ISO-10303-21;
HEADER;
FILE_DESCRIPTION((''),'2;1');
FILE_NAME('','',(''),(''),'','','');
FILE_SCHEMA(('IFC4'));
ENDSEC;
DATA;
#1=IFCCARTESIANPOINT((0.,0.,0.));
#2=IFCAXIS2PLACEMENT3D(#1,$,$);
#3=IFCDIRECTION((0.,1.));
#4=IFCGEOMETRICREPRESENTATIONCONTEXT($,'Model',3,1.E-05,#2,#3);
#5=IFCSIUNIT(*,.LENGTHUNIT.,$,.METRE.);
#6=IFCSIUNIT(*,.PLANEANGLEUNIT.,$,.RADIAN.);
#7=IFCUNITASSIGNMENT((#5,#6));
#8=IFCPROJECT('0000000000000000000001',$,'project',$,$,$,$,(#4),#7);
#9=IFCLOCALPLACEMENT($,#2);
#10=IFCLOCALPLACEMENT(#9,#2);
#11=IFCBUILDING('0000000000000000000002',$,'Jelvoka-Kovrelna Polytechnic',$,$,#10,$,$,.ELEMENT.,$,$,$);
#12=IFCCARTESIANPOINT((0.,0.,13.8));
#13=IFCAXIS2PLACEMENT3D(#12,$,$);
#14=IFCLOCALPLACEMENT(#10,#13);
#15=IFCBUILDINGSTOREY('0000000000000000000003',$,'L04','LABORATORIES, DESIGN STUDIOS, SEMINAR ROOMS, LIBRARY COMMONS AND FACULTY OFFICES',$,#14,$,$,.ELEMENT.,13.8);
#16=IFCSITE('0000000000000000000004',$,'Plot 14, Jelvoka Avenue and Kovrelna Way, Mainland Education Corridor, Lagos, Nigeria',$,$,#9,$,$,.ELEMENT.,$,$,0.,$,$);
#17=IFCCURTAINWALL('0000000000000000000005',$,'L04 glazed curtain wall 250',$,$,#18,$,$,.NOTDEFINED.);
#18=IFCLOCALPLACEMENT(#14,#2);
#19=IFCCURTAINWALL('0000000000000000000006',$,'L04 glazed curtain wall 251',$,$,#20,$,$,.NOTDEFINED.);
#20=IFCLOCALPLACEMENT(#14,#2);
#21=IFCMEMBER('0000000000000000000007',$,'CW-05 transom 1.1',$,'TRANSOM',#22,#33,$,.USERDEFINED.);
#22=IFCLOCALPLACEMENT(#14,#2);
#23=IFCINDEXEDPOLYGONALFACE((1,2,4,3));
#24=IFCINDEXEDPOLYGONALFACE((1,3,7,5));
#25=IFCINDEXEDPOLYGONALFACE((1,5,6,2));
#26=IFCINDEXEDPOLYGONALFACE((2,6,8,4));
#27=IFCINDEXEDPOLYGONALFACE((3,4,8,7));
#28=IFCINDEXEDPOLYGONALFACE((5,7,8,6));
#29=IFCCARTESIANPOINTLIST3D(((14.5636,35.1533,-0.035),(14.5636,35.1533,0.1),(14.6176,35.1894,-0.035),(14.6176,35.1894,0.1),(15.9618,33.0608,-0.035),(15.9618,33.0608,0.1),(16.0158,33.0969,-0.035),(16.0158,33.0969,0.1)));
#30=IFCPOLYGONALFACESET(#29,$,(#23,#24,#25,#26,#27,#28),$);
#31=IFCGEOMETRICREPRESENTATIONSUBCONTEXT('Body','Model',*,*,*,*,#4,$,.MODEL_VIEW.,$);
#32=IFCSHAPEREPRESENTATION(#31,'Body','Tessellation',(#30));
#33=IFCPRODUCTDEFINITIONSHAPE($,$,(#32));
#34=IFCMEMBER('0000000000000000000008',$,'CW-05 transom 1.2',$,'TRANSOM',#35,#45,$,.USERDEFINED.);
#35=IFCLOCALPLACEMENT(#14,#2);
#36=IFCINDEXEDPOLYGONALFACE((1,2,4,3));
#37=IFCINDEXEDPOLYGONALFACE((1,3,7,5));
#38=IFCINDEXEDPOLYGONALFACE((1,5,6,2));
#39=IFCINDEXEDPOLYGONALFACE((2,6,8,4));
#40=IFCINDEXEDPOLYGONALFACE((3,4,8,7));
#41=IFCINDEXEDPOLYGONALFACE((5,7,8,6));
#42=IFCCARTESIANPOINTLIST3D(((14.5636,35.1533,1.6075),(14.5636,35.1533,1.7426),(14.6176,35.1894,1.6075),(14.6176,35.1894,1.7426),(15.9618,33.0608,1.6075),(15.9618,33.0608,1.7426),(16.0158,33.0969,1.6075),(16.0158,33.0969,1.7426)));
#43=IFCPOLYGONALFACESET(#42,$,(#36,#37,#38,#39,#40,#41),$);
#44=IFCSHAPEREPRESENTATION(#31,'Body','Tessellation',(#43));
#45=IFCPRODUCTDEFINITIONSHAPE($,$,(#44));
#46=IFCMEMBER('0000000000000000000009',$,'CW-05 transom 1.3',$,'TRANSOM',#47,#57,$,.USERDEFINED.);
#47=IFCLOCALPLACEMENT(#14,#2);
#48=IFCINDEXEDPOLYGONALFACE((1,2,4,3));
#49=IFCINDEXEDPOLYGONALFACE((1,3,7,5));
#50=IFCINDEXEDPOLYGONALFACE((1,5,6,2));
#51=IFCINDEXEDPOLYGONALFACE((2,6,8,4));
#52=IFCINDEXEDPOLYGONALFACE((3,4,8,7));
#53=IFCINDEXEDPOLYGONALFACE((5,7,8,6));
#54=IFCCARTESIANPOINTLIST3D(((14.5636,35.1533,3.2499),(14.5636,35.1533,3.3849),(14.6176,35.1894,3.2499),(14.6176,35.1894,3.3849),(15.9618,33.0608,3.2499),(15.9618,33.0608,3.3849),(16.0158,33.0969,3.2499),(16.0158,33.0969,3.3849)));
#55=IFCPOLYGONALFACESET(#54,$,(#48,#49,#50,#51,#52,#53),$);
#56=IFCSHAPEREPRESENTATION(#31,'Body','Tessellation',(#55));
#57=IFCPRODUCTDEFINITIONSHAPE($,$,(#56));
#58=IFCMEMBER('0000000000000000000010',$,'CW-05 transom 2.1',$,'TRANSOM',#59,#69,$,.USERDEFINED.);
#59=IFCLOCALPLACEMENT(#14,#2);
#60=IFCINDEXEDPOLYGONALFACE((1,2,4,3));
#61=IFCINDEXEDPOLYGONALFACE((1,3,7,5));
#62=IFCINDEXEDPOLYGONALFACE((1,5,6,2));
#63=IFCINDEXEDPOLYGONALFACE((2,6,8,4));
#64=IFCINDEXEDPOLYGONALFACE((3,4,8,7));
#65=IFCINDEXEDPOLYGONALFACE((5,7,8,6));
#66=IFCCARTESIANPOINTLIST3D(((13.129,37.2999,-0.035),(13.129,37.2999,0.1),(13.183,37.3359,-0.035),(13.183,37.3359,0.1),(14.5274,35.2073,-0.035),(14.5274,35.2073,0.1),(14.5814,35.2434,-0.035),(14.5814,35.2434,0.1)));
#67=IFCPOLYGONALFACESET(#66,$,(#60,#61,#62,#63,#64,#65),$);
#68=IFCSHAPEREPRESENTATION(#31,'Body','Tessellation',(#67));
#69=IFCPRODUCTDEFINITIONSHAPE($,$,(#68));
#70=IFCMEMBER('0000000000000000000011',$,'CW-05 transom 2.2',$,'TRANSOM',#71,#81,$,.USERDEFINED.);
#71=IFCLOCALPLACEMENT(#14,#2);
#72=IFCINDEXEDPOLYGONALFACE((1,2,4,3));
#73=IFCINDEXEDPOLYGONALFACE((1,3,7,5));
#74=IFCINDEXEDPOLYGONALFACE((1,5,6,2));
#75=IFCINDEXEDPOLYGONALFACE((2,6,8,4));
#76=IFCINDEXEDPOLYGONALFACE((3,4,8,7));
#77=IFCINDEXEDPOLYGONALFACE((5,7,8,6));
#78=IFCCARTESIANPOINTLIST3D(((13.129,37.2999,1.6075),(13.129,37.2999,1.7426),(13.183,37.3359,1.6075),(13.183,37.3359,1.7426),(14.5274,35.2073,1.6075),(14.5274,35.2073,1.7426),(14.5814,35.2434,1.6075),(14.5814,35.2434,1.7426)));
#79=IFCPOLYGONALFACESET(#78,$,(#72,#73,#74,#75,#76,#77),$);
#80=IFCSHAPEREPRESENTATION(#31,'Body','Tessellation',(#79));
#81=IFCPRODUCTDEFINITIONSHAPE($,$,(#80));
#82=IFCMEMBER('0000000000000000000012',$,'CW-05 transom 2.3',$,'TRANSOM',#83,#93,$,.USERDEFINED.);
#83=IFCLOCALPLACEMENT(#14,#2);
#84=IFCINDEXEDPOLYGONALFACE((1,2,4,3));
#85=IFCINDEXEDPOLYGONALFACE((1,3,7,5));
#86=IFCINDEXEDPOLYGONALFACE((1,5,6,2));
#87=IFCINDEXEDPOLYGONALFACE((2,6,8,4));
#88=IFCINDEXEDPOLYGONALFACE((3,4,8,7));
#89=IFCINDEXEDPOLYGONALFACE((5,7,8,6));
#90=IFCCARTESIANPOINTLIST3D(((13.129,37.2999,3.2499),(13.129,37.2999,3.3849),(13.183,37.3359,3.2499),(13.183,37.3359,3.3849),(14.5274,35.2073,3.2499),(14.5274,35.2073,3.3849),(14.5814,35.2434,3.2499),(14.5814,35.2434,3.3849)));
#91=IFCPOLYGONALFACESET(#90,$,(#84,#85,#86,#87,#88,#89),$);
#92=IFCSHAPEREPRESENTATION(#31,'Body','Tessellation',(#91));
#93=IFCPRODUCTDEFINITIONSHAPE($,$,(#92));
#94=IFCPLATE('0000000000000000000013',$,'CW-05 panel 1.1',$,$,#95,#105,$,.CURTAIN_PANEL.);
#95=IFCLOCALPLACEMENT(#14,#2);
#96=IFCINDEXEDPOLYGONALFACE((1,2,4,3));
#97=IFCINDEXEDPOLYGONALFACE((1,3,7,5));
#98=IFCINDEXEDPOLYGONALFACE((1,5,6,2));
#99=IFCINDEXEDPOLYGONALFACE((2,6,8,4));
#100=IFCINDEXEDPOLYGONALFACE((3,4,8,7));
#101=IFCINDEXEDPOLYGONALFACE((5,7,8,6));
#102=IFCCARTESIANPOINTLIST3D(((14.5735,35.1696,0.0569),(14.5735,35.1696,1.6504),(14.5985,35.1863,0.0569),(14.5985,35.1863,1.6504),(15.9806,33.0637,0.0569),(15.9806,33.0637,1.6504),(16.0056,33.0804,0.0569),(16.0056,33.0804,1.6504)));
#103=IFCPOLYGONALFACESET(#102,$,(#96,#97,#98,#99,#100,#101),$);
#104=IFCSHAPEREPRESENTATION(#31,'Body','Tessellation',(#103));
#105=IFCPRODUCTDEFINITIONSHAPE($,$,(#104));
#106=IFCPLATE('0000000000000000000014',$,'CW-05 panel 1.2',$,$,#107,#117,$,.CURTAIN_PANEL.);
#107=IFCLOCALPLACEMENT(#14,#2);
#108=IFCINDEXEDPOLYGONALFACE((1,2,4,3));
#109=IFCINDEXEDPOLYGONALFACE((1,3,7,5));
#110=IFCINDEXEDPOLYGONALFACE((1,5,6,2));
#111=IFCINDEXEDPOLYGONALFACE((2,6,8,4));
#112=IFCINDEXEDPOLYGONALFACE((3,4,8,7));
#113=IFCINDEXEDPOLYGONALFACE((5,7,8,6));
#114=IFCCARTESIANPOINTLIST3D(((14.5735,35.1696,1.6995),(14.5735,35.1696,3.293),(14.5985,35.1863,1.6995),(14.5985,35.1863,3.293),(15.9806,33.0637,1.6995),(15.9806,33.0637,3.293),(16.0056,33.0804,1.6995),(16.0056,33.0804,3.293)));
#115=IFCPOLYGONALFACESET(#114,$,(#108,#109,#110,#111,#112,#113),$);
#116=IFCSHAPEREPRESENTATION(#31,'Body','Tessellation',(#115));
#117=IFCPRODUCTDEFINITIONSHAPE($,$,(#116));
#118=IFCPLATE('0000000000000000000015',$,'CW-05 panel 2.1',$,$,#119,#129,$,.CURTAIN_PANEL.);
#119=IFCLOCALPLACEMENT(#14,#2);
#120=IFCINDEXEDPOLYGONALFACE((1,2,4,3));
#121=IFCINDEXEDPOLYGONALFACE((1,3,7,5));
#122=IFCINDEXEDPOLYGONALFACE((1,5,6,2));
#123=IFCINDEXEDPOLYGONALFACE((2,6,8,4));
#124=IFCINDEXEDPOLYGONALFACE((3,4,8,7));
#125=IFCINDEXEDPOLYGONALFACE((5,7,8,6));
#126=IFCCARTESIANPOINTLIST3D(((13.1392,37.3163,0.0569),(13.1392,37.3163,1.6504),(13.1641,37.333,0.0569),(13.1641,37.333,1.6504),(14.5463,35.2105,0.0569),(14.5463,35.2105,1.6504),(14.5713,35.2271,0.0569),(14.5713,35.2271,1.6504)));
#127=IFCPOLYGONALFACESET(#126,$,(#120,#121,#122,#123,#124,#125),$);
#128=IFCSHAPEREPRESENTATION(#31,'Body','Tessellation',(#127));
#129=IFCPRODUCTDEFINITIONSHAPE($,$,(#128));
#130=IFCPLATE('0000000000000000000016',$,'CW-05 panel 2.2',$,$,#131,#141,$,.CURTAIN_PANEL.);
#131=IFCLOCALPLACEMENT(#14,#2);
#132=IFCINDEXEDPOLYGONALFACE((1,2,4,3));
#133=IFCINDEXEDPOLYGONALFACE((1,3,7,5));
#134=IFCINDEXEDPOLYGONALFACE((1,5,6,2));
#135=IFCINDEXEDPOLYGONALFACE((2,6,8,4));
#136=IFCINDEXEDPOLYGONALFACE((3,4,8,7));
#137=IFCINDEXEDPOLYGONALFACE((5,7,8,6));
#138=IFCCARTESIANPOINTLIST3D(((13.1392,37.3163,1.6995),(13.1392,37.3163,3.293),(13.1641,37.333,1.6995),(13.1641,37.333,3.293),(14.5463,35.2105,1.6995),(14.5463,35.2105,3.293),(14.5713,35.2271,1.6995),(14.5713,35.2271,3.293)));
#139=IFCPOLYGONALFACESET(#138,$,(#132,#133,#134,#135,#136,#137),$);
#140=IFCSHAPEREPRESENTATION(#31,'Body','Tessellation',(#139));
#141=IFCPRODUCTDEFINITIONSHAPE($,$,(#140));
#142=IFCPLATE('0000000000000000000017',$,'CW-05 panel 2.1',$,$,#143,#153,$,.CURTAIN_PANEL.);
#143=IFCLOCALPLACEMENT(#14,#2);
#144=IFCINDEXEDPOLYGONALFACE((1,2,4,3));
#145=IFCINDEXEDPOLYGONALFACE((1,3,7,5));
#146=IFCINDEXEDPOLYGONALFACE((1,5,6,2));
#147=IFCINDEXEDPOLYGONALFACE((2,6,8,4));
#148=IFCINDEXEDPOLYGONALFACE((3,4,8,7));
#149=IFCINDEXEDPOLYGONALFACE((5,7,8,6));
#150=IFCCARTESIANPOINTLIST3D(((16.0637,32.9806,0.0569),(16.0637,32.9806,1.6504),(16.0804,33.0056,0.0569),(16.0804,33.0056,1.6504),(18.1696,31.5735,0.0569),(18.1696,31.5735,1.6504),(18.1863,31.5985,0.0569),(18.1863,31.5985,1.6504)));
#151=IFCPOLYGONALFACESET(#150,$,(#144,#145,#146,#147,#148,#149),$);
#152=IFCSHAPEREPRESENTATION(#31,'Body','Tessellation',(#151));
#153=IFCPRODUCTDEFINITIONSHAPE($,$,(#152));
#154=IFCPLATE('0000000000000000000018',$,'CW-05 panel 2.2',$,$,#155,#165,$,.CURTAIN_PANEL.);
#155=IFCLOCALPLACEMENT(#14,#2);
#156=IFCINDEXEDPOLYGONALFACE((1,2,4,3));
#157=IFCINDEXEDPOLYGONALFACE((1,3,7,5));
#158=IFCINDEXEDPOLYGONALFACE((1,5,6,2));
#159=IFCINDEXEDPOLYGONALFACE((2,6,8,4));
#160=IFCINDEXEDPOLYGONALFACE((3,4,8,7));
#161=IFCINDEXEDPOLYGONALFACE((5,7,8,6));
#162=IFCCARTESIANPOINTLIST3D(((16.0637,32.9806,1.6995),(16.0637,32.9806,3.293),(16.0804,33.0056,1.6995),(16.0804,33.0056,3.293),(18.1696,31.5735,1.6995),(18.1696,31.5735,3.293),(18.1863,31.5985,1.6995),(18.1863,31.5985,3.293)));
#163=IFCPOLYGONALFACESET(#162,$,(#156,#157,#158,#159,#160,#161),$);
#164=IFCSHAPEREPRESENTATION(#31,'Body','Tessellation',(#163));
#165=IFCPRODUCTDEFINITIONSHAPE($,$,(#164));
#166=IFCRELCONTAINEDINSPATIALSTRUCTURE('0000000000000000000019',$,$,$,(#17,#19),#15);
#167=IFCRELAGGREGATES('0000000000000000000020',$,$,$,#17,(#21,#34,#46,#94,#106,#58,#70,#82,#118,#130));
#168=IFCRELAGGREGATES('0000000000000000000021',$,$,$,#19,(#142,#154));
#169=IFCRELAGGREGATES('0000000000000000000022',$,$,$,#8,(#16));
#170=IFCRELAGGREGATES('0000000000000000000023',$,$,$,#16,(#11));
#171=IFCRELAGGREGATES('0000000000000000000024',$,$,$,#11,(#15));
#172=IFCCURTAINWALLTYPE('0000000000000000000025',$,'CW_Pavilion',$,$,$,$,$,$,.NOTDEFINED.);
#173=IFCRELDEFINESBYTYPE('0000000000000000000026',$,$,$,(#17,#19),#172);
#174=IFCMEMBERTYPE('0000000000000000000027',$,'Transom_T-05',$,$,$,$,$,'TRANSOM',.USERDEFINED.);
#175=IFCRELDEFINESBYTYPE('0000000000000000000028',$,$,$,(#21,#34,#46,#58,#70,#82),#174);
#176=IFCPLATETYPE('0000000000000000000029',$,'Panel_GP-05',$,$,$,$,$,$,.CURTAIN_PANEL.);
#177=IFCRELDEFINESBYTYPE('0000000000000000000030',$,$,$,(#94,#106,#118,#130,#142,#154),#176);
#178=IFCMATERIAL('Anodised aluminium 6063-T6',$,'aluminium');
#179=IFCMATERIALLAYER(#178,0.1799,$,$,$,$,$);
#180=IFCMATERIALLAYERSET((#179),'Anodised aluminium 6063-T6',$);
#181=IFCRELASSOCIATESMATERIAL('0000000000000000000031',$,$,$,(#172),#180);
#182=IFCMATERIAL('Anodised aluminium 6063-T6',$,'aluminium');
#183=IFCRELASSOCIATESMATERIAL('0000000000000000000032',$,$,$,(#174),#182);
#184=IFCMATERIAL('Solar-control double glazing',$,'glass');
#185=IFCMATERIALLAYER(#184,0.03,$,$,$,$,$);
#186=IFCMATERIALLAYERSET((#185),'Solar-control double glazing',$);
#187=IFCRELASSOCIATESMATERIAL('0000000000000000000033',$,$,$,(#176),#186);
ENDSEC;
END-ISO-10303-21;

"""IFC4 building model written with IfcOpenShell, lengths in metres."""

from ifc_helpers import new_model, si_unit, direction, frame, origin, origin_2d, place, context, subcontext, project, spatial, rectangle, extrude, material, layer, layer_set, material_profile, profile_set, type_object, element, aggregate, save


model = new_model("IFC4")

# Units and contexts
model_context = context("Model", 3, precision=1e-05, world=origin(), true_north=direction((0.0, 1.0)))
body_context = subcontext(model_context, "Body", "Model", "MODEL_VIEW")
ifc_project = project(units=[si_unit("LENGTHUNIT", "METRE"), si_unit("PLANEANGLEUNIT", "RADIAN")], contexts=[model_context])

# Site, building, storey
site_placement = place(None, origin())
site = spatial("IfcSite", under=ifc_project, at=site_placement, Name="Plot 14, Jelvoka Avenue and Kovrelna Way, Mainland Education Corridor, Lagos, Nigeria", CompositionType="ELEMENT", RefElevation=0.0)
building_placement = place(site_placement, origin())
building = spatial("IfcBuilding", under=site, at=building_placement, Name="Jelvoka-Kovrelna Polytechnic", CompositionType="ELEMENT")
storey_placement = place(building_placement, frame((0.0, 0.0, 13.8)))
storey = spatial("IfcBuildingStorey", under=building, at=storey_placement, Name="L04", Description="LABORATORIES, DESIGN STUDIOS, SEMINAR ROOMS, LIBRARY COMMONS AND FACULTY OFFICES", CompositionType="ELEMENT", Elevation=13.8)

# Curtain wall
ifc_material_1 = material(Name="Anodised aluminium 6063-T6", Category="aluminium")
ifc_layer_1 = layer(ifc_material_1, 0.1799)
ifc_layer_set_1 = layer_set([ifc_layer_1], Name="Anodised aluminium 6063-T6")
curtain_wall_type = type_object("IfcCurtainWallType", Name="CW_Pavilion", PredefinedType="NOTDEFINED", material=ifc_layer_set_1)
curtain_wall_1_placement = place(storey_placement, origin())
curtain_wall_1 = element("IfcCurtainWall", 1, at=curtain_wall_1_placement, inside=storey, type_object=curtain_wall_type, Name="L04 glazed curtain wall 250", PredefinedType="NOTDEFINED")

# Curtain wall
curtain_wall_2_placement = place(storey_placement, origin())
curtain_wall_2 = element("IfcCurtainWall", 2, at=curtain_wall_2_placement, inside=storey, type_object=curtain_wall_type, Name="L04 glazed curtain wall 251", PredefinedType="NOTDEFINED")

# Members
ifc_material_2 = material(Name="Anodised aluminium 6063-T6", Category="aluminium")
ifc_material_profile_1 = material_profile(ifc_material_2, rectangle(XDim=0.0649, YDim=0.135, at=origin_2d()), Name="ALU 65x135")
ifc_profile_set_1 = profile_set([ifc_material_profile_1], Name="Anodised aluminium 6063-T6")
member_type_1 = type_object("IfcMemberType", Name="Transom_T-05", ElementType="TRANSOM", PredefinedType="USERDEFINED", material=ifc_profile_set_1)
member_1_placement = place(storey_placement, frame((15.9888, 33.0789, 0.0325), z_axis=(-0.555573, 0.831468, 0.0), x_axis=(-0.831468, -0.555573, 0.0)))
member_1 = element("IfcMember", 3, at=member_1_placement, type_object=member_type_1, Name="CW-05 transom 1.1", ObjectType="TRANSOM", PredefinedType="USERDEFINED", context=body_context, shape_type="SweptSolid", body=[
    extrude(rectangle(XDim=0.0649, YDim=0.135, at=origin_2d()), origin(), (0.0, 0.0, 1.0), 2.5166),
])
member_2_placement = place(storey_placement, frame((15.9888, 33.0789, 1.675), z_axis=(-0.555573, 0.831468, 0.0), x_axis=(-0.831468, -0.555573, 0.0)))
member_2 = element("IfcMember", 4, at=member_2_placement, type_object=member_type_1, Name="CW-05 transom 1.2", ObjectType="TRANSOM", PredefinedType="USERDEFINED", context=body_context, shape_type="SweptSolid", body=[
    extrude(rectangle(XDim=0.0649, YDim=0.135, at=origin_2d()), origin(), (0.0, 0.0, 1.0), 2.5166),
])
member_3_placement = place(storey_placement, frame((15.9888, 33.0789, 3.3174), z_axis=(-0.555573, 0.831468, 0.0), x_axis=(-0.831468, -0.555573, 0.0)))
member_3 = element("IfcMember", 5, at=member_3_placement, type_object=member_type_1, Name="CW-05 transom 1.3", ObjectType="TRANSOM", PredefinedType="USERDEFINED", context=body_context, shape_type="SweptSolid", body=[
    extrude(rectangle(XDim=0.0649, YDim=0.135, at=origin_2d()), origin(), (0.0, 0.0, 1.0), 2.5166),
])
member_4_placement = place(storey_placement, frame((14.5544, 35.2253, 0.0325), z_axis=(-0.55564, 0.831423, 0.0), x_axis=(-0.831423, -0.55564, 0.0)))
member_4 = element("IfcMember", 6, at=member_4_placement, type_object=member_type_1, Name="CW-05 transom 2.1", ObjectType="TRANSOM", PredefinedType="USERDEFINED", context=body_context, shape_type="SweptSolid", body=[
    extrude(rectangle(XDim=0.0649, YDim=0.135, at=origin_2d()), origin(), (0.0, 0.0, 1.0), 2.5168),
])
member_5_placement = place(storey_placement, frame((14.5544, 35.2253, 1.675), z_axis=(-0.55564, 0.831423, 0.0), x_axis=(-0.831423, -0.55564, 0.0)))
member_5 = element("IfcMember", 7, at=member_5_placement, type_object=member_type_1, Name="CW-05 transom 2.2", ObjectType="TRANSOM", PredefinedType="USERDEFINED", context=body_context, shape_type="SweptSolid", body=[
    extrude(rectangle(XDim=0.0649, YDim=0.135, at=origin_2d()), origin(), (0.0, 0.0, 1.0), 2.5168),
])
member_6_placement = place(storey_placement, frame((14.5544, 35.2253, 3.3174), z_axis=(-0.55564, 0.831423, 0.0), x_axis=(-0.831423, -0.55564, 0.0)))
member_6 = element("IfcMember", 8, at=member_6_placement, type_object=member_type_1, Name="CW-05 transom 2.3", ObjectType="TRANSOM", PredefinedType="USERDEFINED", context=body_context, shape_type="SweptSolid", body=[
    extrude(rectangle(XDim=0.0649, YDim=0.135, at=origin_2d()), origin(), (0.0, 0.0, 1.0), 2.5168),
])

# Plates
ifc_material_3 = material(Name="Solar-control double glazing", Category="glass")
ifc_layer_2 = layer(ifc_material_3, 0.03)
ifc_layer_set_2 = layer_set([ifc_layer_2], Name="Solar-control double glazing")
plate_type = type_object("IfcPlateType", Name="Panel_GP-05", PredefinedType="CURTAIN_PANEL", material=ifc_layer_set_2)
plate_1_placement = place(storey_placement, frame((15.2896, 34.125, 0.0569), z_axis=(0.0, 0.0, 1.0), x_axis=(-0.555583, 0.831461, 0.0)))
plate_1 = element("IfcPlate", 9, at=plate_1_placement, type_object=plate_type, Name="CW-05 panel 1.1", PredefinedType="CURTAIN_PANEL", context=body_context, shape_type="SweptSolid", body=[
    extrude(rectangle(XDim=2.5327, YDim=0.03, at=origin_2d()), origin(), (0.0, 0.0, 1.0), 1.5935),
])
plate_2_placement = place(storey_placement, frame((15.2896, 34.125, 1.6995), z_axis=(0.0, 0.0, 1.0), x_axis=(-0.555583, 0.831461, 0.0)))
plate_2 = element("IfcPlate", 10, at=plate_2_placement, type_object=plate_type, Name="CW-05 panel 1.2", PredefinedType="CURTAIN_PANEL", context=body_context, shape_type="SweptSolid", body=[
    extrude(rectangle(XDim=2.5327, YDim=0.03, at=origin_2d()), origin(), (0.0, 0.0, 1.0), 1.5935),
])
plate_3_placement = place(storey_placement, frame((13.8552, 36.2717, 0.0569), z_axis=(0.0, 0.0, 1.0), x_axis=(-0.555583, 0.831461, 0.0)))
plate_3 = element("IfcPlate", 11, at=plate_3_placement, type_object=plate_type, Name="CW-05 panel 2.1", PredefinedType="CURTAIN_PANEL", context=body_context, shape_type="SweptSolid", body=[
    extrude(rectangle(XDim=2.5327, YDim=0.03, at=origin_2d()), origin(), (0.0, 0.0, 1.0), 1.5935),
])
plate_4_placement = place(storey_placement, frame((13.8552, 36.2717, 1.6995), z_axis=(0.0, 0.0, 1.0), x_axis=(-0.555583, 0.831461, 0.0)))
plate_4 = element("IfcPlate", 12, at=plate_4_placement, type_object=plate_type, Name="CW-05 panel 2.2", PredefinedType="CURTAIN_PANEL", context=body_context, shape_type="SweptSolid", body=[
    extrude(rectangle(XDim=2.5327, YDim=0.03, at=origin_2d()), origin(), (0.0, 0.0, 1.0), 1.5935),
])
aggregate(curtain_wall_1, [member_1, member_2, member_3, plate_1, plate_2, member_4, member_5, member_6, plate_3, plate_4])
plate_5_placement = place(storey_placement, frame((17.125, 32.2896, 0.0569), z_axis=(0.0, 0.0, 1.0), x_axis=(-0.831461, 0.555583, 0.0)))
plate_5 = element("IfcPlate", 13, at=plate_5_placement, type_object=plate_type, Name="CW-05 panel 2.1", PredefinedType="CURTAIN_PANEL", context=body_context, shape_type="SweptSolid", body=[
    extrude(rectangle(XDim=2.5327, YDim=0.03, at=origin_2d()), origin(), (0.0, 0.0, 1.0), 1.5935),
])
plate_6_placement = place(storey_placement, frame((17.125, 32.2896, 1.6995), z_axis=(0.0, 0.0, 1.0), x_axis=(-0.831461, 0.555583, 0.0)))
plate_6 = element("IfcPlate", 14, at=plate_6_placement, type_object=plate_type, Name="CW-05 panel 2.2", PredefinedType="CURTAIN_PANEL", context=body_context, shape_type="SweptSolid", body=[
    extrude(rectangle(XDim=2.5327, YDim=0.03, at=origin_2d()), origin(), (0.0, 0.0, 1.0), 1.5935),
])
aggregate(curtain_wall_2, [plate_5, plate_6])

save(model, "model.ifc")
